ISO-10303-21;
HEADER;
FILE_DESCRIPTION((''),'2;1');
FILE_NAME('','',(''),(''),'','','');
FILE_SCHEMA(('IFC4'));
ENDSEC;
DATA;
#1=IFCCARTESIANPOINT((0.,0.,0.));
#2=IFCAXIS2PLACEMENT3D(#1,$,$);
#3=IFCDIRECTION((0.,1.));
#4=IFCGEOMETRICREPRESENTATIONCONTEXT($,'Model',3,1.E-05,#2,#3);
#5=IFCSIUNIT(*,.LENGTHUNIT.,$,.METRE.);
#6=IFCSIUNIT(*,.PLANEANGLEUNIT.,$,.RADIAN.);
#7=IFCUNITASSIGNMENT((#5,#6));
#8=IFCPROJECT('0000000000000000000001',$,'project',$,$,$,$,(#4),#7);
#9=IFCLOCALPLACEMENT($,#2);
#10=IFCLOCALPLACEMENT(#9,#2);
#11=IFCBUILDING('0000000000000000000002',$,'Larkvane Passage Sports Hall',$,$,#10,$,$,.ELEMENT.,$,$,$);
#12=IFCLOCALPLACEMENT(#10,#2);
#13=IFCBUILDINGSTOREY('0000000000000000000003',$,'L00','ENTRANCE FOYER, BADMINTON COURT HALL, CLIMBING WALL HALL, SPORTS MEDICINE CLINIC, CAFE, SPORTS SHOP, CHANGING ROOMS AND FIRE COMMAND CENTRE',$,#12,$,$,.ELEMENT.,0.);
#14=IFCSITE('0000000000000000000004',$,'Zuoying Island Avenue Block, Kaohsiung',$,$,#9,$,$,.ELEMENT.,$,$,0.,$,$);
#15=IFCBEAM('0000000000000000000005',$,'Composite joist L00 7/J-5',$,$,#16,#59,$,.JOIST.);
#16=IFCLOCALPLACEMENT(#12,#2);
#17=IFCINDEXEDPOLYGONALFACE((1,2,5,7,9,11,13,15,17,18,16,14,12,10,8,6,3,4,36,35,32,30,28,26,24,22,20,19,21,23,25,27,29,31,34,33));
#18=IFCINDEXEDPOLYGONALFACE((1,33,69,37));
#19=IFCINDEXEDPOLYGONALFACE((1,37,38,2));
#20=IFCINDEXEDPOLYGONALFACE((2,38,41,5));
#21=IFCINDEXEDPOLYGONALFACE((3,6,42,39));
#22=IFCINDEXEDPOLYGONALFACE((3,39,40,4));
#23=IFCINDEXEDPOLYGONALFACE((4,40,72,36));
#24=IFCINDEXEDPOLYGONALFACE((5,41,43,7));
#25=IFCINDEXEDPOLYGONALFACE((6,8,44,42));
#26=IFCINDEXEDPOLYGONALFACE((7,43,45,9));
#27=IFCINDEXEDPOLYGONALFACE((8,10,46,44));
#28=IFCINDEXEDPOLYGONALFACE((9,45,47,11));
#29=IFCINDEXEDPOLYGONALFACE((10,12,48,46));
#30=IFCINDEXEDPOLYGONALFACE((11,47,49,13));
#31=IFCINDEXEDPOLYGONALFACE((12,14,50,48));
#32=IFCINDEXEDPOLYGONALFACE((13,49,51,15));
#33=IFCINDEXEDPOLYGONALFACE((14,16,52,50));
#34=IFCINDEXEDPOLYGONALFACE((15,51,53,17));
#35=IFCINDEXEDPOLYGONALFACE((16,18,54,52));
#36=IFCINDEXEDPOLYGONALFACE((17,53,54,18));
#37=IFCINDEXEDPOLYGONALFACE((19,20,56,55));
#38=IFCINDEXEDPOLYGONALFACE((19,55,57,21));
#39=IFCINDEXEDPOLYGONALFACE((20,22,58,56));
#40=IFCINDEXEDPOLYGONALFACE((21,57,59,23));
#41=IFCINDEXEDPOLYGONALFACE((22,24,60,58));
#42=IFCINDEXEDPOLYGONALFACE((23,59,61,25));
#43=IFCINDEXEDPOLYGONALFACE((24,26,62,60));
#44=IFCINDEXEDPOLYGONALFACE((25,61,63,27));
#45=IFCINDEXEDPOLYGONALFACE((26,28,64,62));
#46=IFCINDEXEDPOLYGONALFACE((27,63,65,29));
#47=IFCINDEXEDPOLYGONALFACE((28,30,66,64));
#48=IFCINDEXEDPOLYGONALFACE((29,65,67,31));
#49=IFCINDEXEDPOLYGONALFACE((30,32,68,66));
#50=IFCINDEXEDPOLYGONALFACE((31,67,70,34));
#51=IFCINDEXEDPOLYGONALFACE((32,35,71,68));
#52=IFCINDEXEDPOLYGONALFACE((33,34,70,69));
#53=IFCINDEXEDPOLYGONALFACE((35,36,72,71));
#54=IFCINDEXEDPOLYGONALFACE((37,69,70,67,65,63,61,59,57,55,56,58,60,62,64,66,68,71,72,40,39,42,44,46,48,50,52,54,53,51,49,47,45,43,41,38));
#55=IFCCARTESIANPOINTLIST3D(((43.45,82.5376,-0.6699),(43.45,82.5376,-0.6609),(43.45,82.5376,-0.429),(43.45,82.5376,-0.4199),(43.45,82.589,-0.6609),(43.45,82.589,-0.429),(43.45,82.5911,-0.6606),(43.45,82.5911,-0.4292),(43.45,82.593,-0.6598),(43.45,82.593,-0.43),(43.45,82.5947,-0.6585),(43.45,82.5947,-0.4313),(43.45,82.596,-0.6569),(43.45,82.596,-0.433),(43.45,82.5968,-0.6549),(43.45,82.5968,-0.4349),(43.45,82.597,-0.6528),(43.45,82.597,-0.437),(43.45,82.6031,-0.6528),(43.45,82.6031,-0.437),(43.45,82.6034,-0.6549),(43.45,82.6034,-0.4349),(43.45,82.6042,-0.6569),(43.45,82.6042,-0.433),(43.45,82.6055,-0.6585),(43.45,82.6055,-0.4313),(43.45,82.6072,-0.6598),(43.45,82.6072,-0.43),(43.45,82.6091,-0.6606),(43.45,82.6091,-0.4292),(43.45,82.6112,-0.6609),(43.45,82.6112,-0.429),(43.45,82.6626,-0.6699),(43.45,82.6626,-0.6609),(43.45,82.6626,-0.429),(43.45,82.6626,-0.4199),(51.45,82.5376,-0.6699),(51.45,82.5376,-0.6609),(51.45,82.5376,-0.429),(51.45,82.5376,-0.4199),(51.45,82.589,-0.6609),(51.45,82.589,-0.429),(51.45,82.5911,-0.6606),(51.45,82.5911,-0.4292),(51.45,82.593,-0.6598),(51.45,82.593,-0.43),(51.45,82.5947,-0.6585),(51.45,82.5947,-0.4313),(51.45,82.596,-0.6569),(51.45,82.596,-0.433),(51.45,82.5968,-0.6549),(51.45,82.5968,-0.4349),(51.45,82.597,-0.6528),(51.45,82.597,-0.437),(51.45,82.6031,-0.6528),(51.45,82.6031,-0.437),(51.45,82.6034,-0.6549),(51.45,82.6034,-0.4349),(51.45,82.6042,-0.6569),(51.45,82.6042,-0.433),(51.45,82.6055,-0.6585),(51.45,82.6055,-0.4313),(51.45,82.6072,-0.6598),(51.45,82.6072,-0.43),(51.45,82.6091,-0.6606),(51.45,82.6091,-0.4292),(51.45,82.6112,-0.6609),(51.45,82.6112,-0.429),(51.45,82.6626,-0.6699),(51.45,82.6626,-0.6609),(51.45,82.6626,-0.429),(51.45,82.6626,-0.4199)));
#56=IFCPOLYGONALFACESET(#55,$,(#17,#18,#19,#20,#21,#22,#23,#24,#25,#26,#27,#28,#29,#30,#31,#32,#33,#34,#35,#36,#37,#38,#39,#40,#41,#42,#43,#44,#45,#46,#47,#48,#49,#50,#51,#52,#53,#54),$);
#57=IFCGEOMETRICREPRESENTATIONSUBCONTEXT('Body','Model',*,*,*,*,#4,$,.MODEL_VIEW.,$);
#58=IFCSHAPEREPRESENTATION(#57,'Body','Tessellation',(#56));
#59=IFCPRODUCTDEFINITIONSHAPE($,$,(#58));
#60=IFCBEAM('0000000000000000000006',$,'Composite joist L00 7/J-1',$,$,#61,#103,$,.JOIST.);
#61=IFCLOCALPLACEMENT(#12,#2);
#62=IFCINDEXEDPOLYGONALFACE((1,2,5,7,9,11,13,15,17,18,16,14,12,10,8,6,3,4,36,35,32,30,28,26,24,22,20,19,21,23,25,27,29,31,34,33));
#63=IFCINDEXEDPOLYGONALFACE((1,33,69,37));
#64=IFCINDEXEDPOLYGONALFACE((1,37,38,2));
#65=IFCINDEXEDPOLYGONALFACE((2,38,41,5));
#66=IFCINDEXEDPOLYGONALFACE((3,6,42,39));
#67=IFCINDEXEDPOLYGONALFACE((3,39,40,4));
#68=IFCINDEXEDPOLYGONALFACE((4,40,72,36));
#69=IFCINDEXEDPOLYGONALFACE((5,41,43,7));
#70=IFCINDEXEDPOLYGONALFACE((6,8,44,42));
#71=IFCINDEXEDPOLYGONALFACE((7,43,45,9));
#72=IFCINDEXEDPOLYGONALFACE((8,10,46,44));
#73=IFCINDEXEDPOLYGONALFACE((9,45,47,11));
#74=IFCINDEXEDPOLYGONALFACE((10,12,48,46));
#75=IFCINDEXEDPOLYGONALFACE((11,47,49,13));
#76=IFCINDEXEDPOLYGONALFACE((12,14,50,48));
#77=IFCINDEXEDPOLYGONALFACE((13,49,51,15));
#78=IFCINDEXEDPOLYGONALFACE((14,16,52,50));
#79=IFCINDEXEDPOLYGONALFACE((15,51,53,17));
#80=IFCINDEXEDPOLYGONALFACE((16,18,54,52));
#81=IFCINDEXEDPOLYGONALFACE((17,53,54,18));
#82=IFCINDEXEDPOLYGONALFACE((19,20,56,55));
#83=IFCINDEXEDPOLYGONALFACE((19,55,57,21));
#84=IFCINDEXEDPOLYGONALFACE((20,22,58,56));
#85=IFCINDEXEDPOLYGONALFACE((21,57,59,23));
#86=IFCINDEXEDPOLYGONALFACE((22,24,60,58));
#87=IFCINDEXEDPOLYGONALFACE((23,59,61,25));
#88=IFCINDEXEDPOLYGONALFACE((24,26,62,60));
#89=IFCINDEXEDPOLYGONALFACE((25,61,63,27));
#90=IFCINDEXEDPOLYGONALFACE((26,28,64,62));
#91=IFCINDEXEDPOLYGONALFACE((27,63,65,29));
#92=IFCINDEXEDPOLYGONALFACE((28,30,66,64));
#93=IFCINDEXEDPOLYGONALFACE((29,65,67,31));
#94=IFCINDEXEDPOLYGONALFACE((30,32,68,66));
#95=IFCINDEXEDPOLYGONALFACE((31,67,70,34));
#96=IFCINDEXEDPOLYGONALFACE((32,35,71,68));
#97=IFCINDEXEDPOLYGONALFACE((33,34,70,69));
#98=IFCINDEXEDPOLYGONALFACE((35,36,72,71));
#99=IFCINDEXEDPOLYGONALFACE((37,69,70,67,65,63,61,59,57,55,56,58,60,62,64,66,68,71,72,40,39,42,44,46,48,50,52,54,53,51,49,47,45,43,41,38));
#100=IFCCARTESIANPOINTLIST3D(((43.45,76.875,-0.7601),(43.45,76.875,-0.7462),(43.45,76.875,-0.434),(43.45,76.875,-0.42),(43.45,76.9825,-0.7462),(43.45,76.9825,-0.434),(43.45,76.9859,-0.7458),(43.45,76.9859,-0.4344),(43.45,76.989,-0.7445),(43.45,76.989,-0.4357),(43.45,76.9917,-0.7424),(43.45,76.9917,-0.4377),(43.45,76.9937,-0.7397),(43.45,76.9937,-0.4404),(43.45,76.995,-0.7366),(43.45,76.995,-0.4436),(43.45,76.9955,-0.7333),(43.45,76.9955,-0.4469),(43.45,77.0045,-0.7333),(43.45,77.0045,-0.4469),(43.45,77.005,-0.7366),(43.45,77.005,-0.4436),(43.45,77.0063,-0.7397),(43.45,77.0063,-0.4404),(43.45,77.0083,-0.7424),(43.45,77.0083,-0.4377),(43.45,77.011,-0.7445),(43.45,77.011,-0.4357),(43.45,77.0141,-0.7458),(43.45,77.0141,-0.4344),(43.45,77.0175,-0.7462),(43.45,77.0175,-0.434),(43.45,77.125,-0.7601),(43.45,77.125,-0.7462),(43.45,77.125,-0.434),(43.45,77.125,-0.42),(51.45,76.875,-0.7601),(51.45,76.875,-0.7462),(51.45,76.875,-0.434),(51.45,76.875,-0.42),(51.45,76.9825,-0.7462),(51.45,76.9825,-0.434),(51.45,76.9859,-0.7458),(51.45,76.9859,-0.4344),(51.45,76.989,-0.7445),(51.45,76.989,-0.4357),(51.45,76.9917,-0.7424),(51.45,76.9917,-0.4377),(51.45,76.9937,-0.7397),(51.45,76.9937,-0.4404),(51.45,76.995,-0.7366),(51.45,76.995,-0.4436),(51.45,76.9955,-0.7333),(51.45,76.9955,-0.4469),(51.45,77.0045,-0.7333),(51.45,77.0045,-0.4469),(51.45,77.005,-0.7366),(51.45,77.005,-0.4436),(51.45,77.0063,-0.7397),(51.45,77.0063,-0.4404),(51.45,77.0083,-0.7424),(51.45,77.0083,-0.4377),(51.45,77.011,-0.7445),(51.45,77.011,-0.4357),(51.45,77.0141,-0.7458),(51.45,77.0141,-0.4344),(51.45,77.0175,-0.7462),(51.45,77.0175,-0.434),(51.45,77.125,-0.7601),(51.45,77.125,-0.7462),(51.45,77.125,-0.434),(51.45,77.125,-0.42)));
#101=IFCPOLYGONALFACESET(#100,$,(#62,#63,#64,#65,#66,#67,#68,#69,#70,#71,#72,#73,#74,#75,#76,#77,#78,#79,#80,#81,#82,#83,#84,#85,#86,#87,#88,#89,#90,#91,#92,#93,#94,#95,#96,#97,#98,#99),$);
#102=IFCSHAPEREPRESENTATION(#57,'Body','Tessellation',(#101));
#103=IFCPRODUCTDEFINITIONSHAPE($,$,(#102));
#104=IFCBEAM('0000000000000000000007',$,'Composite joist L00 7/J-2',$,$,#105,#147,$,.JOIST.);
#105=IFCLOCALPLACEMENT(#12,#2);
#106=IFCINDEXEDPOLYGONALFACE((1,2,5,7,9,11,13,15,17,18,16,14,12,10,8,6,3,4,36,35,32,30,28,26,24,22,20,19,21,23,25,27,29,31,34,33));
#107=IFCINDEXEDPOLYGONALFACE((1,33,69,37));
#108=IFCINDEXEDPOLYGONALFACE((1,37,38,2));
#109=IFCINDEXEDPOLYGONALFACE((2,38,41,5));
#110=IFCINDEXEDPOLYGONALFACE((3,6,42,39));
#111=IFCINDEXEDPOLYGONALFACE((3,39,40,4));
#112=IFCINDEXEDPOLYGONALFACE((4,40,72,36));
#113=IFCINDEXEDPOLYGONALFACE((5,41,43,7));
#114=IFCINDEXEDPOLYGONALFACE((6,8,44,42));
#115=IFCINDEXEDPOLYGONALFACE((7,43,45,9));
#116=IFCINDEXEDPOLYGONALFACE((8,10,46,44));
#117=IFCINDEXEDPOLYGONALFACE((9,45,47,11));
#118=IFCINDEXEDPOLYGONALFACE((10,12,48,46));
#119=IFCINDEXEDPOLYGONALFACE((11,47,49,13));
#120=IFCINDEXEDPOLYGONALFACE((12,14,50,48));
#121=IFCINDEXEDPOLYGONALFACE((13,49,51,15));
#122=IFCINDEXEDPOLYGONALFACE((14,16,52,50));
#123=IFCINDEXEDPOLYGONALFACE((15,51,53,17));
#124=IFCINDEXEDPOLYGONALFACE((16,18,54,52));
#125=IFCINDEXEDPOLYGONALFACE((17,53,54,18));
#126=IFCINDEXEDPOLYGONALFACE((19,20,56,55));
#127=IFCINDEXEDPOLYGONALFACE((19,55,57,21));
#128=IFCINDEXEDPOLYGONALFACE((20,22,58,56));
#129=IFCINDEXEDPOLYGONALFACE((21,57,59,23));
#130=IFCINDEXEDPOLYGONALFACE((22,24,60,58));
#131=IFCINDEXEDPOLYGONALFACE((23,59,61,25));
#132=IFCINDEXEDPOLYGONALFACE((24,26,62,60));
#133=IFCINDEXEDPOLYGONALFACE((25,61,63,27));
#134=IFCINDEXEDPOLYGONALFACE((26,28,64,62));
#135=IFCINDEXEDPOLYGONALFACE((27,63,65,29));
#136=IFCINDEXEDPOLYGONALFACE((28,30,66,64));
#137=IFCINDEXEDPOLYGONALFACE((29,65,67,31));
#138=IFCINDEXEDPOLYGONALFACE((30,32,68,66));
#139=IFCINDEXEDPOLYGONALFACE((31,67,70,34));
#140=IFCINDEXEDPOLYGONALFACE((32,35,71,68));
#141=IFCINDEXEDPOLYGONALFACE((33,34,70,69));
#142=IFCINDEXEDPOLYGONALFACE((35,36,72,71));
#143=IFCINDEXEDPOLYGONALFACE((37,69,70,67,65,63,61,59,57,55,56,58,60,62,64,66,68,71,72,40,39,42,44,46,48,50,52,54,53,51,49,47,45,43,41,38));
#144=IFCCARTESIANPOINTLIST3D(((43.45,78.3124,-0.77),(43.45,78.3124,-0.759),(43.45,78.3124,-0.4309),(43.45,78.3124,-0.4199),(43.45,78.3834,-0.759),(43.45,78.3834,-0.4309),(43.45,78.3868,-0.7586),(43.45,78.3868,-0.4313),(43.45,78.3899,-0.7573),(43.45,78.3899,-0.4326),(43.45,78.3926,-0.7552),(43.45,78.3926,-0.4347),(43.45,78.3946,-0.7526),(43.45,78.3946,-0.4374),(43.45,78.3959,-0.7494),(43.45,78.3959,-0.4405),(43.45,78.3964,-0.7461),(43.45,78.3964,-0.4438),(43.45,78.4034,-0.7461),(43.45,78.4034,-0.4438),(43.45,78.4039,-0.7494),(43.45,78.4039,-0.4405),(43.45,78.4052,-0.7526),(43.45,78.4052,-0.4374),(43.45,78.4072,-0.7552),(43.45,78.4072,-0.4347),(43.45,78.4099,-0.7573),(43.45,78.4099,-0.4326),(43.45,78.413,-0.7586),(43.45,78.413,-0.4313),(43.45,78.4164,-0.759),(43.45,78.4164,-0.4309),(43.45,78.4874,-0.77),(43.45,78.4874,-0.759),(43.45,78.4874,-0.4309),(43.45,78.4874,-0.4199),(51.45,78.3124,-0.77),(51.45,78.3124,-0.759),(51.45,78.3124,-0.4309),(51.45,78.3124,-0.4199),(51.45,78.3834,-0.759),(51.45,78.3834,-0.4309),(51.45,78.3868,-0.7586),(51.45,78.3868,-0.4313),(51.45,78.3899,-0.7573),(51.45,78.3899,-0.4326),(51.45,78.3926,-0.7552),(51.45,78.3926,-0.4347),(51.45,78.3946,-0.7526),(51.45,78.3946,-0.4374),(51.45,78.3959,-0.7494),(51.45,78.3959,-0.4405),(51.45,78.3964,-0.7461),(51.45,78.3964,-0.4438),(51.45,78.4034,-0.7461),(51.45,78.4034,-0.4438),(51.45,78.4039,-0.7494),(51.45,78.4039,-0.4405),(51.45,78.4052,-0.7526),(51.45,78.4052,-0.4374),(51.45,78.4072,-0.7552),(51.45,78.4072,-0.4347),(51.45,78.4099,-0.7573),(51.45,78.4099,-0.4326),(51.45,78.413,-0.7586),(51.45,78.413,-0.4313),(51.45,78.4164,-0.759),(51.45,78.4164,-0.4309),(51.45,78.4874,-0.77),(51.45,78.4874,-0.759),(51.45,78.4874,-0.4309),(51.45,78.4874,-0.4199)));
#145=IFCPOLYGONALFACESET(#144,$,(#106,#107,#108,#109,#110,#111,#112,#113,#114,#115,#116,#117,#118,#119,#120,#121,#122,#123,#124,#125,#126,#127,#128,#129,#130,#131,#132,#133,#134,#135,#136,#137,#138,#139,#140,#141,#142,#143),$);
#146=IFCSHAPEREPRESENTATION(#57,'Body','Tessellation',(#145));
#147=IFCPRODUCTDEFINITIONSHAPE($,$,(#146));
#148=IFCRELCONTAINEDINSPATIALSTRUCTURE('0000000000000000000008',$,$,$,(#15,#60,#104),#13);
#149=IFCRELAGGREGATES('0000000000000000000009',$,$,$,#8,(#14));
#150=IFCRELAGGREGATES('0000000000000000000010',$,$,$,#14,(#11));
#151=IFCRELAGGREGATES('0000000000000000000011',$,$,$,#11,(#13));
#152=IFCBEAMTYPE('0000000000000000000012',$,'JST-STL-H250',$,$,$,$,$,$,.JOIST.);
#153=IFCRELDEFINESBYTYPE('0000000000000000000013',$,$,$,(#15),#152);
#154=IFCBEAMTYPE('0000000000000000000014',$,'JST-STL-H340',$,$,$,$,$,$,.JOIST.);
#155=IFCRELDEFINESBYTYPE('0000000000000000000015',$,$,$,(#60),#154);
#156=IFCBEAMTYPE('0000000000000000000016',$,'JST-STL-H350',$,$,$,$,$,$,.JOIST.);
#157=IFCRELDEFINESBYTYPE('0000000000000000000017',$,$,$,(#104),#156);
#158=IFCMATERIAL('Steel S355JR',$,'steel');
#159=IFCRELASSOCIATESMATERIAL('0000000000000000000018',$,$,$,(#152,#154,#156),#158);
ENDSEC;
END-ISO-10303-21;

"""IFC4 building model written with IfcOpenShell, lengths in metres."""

from ifc_helpers import new_model, si_unit, direction, frame, origin, origin_2d, place, context, subcontext, project, spatial, i_section, extrude, material, material_profile, profile_set, type_object, element, save


model = new_model("IFC4")

# Units and contexts
model_context = context("Model", 3, precision=1e-05, world=origin(), true_north=direction((0.0, 1.0)))
body_context = subcontext(model_context, "Body", "Model", "MODEL_VIEW")
ifc_project = project(units=[si_unit("LENGTHUNIT", "METRE"), si_unit("PLANEANGLEUNIT", "RADIAN")], contexts=[model_context])

# Site, building, storey
site_placement = place(None, origin())
site = spatial("IfcSite", under=ifc_project, at=site_placement, Name="Zuoying Island Avenue Block, Kaohsiung", CompositionType="ELEMENT", RefElevation=0.0)
building_placement = place(site_placement, origin())
building = spatial("IfcBuilding", under=site, at=building_placement, Name="Larkvane Passage Sports Hall", CompositionType="ELEMENT")
storey_placement = place(building_placement, origin())
storey = spatial("IfcBuildingStorey", under=building, at=storey_placement, Name="L00", Description="ENTRANCE FOYER, BADMINTON COURT HALL, CLIMBING WALL HALL, SPORTS MEDICINE CLINIC, CAFE, SPORTS SHOP, CHANGING ROOMS AND FIRE COMMAND CENTRE", CompositionType="ELEMENT", Elevation=0.0)

# Shared definitions
ifc_material_1 = material(Name="Steel S355JR", Category="steel")

# Beams
ifc_material_profile_1 = material_profile(ifc_material_1, i_section(OverallWidth=0.125, OverallDepth=0.25, WebThickness=0.0061, FlangeThickness=0.009, FilletRadius=0.0081, at=origin_2d()), Name="H-250x125x6x9")
ifc_profile_set_1 = profile_set([ifc_material_profile_1], Name="Steel S355JR")
beam_type_1 = type_object("IfcBeamType", Name="JST-STL-H250", PredefinedType="JOIST", material=ifc_profile_set_1)
beam_1_placement = place(storey_placement, frame((43.45, 82.6001, -0.5449), z_axis=(1.0, 0.0, 0.0), x_axis=(0.0, 1.0, 0.0)))
element("IfcBeam", 1, at=beam_1_placement, inside=storey, type_object=beam_type_1, Name="Composite joist L00 7/J-5", PredefinedType="JOIST", context=body_context, shape_type="SweptSolid", body=[
    extrude(i_section(OverallWidth=0.125, OverallDepth=0.25, WebThickness=0.0061, FlangeThickness=0.009, FilletRadius=0.0081, at=origin_2d()), origin(), (0.0, 0.0, 1.0), 8.0),
])
ifc_material_profile_2 = material_profile(ifc_material_1, i_section(OverallWidth=0.25, OverallDepth=0.3401, WebThickness=0.009, FlangeThickness=0.0139, FilletRadius=0.0129, at=origin_2d()), Name="H-340x250x9x14")
ifc_profile_set_2 = profile_set([ifc_material_profile_2], Name="Steel S355JR")
beam_type_2 = type_object("IfcBeamType", Name="JST-STL-H340", PredefinedType="JOIST", material=ifc_profile_set_2)
beam_2_placement = place(storey_placement, frame((43.45, 77.0, -0.5901), z_axis=(1.0, 0.0, 0.0), x_axis=(0.0, 1.0, 0.0)))
element("IfcBeam", 2, at=beam_2_placement, inside=storey, type_object=beam_type_2, Name="Composite joist L00 7/J-1", PredefinedType="JOIST", context=body_context, shape_type="SweptSolid", body=[
    extrude(i_section(OverallWidth=0.25, OverallDepth=0.3401, WebThickness=0.009, FlangeThickness=0.0139, FilletRadius=0.0129, at=origin_2d()), origin(), (0.0, 0.0, 1.0), 8.0),
])
ifc_material_profile_3 = material_profile(ifc_material_1, i_section(OverallWidth=0.175, OverallDepth=0.3501, WebThickness=0.0071, FlangeThickness=0.011, FilletRadius=0.0129, at=origin_2d()), Name="H-350x175x7x11")
ifc_profile_set_3 = profile_set([ifc_material_profile_3], Name="Steel S355JR")
beam_type_3 = type_object("IfcBeamType", Name="JST-STL-H350", PredefinedType="JOIST", material=ifc_profile_set_3)
beam_3_placement = place(storey_placement, frame((43.45, 78.3999, -0.595), z_axis=(1.0, 0.0, 0.0), x_axis=(0.0, 1.0, 0.0)))
element("IfcBeam", 3, at=beam_3_placement, inside=storey, type_object=beam_type_3, Name="Composite joist L00 7/J-2", PredefinedType="JOIST", context=body_context, shape_type="SweptSolid", body=[
    extrude(i_section(OverallWidth=0.175, OverallDepth=0.3501, WebThickness=0.0071, FlangeThickness=0.011, FilletRadius=0.0129, at=origin_2d()), origin(), (0.0, 0.0, 1.0), 8.0),
])

save(model, "model.ifc")
